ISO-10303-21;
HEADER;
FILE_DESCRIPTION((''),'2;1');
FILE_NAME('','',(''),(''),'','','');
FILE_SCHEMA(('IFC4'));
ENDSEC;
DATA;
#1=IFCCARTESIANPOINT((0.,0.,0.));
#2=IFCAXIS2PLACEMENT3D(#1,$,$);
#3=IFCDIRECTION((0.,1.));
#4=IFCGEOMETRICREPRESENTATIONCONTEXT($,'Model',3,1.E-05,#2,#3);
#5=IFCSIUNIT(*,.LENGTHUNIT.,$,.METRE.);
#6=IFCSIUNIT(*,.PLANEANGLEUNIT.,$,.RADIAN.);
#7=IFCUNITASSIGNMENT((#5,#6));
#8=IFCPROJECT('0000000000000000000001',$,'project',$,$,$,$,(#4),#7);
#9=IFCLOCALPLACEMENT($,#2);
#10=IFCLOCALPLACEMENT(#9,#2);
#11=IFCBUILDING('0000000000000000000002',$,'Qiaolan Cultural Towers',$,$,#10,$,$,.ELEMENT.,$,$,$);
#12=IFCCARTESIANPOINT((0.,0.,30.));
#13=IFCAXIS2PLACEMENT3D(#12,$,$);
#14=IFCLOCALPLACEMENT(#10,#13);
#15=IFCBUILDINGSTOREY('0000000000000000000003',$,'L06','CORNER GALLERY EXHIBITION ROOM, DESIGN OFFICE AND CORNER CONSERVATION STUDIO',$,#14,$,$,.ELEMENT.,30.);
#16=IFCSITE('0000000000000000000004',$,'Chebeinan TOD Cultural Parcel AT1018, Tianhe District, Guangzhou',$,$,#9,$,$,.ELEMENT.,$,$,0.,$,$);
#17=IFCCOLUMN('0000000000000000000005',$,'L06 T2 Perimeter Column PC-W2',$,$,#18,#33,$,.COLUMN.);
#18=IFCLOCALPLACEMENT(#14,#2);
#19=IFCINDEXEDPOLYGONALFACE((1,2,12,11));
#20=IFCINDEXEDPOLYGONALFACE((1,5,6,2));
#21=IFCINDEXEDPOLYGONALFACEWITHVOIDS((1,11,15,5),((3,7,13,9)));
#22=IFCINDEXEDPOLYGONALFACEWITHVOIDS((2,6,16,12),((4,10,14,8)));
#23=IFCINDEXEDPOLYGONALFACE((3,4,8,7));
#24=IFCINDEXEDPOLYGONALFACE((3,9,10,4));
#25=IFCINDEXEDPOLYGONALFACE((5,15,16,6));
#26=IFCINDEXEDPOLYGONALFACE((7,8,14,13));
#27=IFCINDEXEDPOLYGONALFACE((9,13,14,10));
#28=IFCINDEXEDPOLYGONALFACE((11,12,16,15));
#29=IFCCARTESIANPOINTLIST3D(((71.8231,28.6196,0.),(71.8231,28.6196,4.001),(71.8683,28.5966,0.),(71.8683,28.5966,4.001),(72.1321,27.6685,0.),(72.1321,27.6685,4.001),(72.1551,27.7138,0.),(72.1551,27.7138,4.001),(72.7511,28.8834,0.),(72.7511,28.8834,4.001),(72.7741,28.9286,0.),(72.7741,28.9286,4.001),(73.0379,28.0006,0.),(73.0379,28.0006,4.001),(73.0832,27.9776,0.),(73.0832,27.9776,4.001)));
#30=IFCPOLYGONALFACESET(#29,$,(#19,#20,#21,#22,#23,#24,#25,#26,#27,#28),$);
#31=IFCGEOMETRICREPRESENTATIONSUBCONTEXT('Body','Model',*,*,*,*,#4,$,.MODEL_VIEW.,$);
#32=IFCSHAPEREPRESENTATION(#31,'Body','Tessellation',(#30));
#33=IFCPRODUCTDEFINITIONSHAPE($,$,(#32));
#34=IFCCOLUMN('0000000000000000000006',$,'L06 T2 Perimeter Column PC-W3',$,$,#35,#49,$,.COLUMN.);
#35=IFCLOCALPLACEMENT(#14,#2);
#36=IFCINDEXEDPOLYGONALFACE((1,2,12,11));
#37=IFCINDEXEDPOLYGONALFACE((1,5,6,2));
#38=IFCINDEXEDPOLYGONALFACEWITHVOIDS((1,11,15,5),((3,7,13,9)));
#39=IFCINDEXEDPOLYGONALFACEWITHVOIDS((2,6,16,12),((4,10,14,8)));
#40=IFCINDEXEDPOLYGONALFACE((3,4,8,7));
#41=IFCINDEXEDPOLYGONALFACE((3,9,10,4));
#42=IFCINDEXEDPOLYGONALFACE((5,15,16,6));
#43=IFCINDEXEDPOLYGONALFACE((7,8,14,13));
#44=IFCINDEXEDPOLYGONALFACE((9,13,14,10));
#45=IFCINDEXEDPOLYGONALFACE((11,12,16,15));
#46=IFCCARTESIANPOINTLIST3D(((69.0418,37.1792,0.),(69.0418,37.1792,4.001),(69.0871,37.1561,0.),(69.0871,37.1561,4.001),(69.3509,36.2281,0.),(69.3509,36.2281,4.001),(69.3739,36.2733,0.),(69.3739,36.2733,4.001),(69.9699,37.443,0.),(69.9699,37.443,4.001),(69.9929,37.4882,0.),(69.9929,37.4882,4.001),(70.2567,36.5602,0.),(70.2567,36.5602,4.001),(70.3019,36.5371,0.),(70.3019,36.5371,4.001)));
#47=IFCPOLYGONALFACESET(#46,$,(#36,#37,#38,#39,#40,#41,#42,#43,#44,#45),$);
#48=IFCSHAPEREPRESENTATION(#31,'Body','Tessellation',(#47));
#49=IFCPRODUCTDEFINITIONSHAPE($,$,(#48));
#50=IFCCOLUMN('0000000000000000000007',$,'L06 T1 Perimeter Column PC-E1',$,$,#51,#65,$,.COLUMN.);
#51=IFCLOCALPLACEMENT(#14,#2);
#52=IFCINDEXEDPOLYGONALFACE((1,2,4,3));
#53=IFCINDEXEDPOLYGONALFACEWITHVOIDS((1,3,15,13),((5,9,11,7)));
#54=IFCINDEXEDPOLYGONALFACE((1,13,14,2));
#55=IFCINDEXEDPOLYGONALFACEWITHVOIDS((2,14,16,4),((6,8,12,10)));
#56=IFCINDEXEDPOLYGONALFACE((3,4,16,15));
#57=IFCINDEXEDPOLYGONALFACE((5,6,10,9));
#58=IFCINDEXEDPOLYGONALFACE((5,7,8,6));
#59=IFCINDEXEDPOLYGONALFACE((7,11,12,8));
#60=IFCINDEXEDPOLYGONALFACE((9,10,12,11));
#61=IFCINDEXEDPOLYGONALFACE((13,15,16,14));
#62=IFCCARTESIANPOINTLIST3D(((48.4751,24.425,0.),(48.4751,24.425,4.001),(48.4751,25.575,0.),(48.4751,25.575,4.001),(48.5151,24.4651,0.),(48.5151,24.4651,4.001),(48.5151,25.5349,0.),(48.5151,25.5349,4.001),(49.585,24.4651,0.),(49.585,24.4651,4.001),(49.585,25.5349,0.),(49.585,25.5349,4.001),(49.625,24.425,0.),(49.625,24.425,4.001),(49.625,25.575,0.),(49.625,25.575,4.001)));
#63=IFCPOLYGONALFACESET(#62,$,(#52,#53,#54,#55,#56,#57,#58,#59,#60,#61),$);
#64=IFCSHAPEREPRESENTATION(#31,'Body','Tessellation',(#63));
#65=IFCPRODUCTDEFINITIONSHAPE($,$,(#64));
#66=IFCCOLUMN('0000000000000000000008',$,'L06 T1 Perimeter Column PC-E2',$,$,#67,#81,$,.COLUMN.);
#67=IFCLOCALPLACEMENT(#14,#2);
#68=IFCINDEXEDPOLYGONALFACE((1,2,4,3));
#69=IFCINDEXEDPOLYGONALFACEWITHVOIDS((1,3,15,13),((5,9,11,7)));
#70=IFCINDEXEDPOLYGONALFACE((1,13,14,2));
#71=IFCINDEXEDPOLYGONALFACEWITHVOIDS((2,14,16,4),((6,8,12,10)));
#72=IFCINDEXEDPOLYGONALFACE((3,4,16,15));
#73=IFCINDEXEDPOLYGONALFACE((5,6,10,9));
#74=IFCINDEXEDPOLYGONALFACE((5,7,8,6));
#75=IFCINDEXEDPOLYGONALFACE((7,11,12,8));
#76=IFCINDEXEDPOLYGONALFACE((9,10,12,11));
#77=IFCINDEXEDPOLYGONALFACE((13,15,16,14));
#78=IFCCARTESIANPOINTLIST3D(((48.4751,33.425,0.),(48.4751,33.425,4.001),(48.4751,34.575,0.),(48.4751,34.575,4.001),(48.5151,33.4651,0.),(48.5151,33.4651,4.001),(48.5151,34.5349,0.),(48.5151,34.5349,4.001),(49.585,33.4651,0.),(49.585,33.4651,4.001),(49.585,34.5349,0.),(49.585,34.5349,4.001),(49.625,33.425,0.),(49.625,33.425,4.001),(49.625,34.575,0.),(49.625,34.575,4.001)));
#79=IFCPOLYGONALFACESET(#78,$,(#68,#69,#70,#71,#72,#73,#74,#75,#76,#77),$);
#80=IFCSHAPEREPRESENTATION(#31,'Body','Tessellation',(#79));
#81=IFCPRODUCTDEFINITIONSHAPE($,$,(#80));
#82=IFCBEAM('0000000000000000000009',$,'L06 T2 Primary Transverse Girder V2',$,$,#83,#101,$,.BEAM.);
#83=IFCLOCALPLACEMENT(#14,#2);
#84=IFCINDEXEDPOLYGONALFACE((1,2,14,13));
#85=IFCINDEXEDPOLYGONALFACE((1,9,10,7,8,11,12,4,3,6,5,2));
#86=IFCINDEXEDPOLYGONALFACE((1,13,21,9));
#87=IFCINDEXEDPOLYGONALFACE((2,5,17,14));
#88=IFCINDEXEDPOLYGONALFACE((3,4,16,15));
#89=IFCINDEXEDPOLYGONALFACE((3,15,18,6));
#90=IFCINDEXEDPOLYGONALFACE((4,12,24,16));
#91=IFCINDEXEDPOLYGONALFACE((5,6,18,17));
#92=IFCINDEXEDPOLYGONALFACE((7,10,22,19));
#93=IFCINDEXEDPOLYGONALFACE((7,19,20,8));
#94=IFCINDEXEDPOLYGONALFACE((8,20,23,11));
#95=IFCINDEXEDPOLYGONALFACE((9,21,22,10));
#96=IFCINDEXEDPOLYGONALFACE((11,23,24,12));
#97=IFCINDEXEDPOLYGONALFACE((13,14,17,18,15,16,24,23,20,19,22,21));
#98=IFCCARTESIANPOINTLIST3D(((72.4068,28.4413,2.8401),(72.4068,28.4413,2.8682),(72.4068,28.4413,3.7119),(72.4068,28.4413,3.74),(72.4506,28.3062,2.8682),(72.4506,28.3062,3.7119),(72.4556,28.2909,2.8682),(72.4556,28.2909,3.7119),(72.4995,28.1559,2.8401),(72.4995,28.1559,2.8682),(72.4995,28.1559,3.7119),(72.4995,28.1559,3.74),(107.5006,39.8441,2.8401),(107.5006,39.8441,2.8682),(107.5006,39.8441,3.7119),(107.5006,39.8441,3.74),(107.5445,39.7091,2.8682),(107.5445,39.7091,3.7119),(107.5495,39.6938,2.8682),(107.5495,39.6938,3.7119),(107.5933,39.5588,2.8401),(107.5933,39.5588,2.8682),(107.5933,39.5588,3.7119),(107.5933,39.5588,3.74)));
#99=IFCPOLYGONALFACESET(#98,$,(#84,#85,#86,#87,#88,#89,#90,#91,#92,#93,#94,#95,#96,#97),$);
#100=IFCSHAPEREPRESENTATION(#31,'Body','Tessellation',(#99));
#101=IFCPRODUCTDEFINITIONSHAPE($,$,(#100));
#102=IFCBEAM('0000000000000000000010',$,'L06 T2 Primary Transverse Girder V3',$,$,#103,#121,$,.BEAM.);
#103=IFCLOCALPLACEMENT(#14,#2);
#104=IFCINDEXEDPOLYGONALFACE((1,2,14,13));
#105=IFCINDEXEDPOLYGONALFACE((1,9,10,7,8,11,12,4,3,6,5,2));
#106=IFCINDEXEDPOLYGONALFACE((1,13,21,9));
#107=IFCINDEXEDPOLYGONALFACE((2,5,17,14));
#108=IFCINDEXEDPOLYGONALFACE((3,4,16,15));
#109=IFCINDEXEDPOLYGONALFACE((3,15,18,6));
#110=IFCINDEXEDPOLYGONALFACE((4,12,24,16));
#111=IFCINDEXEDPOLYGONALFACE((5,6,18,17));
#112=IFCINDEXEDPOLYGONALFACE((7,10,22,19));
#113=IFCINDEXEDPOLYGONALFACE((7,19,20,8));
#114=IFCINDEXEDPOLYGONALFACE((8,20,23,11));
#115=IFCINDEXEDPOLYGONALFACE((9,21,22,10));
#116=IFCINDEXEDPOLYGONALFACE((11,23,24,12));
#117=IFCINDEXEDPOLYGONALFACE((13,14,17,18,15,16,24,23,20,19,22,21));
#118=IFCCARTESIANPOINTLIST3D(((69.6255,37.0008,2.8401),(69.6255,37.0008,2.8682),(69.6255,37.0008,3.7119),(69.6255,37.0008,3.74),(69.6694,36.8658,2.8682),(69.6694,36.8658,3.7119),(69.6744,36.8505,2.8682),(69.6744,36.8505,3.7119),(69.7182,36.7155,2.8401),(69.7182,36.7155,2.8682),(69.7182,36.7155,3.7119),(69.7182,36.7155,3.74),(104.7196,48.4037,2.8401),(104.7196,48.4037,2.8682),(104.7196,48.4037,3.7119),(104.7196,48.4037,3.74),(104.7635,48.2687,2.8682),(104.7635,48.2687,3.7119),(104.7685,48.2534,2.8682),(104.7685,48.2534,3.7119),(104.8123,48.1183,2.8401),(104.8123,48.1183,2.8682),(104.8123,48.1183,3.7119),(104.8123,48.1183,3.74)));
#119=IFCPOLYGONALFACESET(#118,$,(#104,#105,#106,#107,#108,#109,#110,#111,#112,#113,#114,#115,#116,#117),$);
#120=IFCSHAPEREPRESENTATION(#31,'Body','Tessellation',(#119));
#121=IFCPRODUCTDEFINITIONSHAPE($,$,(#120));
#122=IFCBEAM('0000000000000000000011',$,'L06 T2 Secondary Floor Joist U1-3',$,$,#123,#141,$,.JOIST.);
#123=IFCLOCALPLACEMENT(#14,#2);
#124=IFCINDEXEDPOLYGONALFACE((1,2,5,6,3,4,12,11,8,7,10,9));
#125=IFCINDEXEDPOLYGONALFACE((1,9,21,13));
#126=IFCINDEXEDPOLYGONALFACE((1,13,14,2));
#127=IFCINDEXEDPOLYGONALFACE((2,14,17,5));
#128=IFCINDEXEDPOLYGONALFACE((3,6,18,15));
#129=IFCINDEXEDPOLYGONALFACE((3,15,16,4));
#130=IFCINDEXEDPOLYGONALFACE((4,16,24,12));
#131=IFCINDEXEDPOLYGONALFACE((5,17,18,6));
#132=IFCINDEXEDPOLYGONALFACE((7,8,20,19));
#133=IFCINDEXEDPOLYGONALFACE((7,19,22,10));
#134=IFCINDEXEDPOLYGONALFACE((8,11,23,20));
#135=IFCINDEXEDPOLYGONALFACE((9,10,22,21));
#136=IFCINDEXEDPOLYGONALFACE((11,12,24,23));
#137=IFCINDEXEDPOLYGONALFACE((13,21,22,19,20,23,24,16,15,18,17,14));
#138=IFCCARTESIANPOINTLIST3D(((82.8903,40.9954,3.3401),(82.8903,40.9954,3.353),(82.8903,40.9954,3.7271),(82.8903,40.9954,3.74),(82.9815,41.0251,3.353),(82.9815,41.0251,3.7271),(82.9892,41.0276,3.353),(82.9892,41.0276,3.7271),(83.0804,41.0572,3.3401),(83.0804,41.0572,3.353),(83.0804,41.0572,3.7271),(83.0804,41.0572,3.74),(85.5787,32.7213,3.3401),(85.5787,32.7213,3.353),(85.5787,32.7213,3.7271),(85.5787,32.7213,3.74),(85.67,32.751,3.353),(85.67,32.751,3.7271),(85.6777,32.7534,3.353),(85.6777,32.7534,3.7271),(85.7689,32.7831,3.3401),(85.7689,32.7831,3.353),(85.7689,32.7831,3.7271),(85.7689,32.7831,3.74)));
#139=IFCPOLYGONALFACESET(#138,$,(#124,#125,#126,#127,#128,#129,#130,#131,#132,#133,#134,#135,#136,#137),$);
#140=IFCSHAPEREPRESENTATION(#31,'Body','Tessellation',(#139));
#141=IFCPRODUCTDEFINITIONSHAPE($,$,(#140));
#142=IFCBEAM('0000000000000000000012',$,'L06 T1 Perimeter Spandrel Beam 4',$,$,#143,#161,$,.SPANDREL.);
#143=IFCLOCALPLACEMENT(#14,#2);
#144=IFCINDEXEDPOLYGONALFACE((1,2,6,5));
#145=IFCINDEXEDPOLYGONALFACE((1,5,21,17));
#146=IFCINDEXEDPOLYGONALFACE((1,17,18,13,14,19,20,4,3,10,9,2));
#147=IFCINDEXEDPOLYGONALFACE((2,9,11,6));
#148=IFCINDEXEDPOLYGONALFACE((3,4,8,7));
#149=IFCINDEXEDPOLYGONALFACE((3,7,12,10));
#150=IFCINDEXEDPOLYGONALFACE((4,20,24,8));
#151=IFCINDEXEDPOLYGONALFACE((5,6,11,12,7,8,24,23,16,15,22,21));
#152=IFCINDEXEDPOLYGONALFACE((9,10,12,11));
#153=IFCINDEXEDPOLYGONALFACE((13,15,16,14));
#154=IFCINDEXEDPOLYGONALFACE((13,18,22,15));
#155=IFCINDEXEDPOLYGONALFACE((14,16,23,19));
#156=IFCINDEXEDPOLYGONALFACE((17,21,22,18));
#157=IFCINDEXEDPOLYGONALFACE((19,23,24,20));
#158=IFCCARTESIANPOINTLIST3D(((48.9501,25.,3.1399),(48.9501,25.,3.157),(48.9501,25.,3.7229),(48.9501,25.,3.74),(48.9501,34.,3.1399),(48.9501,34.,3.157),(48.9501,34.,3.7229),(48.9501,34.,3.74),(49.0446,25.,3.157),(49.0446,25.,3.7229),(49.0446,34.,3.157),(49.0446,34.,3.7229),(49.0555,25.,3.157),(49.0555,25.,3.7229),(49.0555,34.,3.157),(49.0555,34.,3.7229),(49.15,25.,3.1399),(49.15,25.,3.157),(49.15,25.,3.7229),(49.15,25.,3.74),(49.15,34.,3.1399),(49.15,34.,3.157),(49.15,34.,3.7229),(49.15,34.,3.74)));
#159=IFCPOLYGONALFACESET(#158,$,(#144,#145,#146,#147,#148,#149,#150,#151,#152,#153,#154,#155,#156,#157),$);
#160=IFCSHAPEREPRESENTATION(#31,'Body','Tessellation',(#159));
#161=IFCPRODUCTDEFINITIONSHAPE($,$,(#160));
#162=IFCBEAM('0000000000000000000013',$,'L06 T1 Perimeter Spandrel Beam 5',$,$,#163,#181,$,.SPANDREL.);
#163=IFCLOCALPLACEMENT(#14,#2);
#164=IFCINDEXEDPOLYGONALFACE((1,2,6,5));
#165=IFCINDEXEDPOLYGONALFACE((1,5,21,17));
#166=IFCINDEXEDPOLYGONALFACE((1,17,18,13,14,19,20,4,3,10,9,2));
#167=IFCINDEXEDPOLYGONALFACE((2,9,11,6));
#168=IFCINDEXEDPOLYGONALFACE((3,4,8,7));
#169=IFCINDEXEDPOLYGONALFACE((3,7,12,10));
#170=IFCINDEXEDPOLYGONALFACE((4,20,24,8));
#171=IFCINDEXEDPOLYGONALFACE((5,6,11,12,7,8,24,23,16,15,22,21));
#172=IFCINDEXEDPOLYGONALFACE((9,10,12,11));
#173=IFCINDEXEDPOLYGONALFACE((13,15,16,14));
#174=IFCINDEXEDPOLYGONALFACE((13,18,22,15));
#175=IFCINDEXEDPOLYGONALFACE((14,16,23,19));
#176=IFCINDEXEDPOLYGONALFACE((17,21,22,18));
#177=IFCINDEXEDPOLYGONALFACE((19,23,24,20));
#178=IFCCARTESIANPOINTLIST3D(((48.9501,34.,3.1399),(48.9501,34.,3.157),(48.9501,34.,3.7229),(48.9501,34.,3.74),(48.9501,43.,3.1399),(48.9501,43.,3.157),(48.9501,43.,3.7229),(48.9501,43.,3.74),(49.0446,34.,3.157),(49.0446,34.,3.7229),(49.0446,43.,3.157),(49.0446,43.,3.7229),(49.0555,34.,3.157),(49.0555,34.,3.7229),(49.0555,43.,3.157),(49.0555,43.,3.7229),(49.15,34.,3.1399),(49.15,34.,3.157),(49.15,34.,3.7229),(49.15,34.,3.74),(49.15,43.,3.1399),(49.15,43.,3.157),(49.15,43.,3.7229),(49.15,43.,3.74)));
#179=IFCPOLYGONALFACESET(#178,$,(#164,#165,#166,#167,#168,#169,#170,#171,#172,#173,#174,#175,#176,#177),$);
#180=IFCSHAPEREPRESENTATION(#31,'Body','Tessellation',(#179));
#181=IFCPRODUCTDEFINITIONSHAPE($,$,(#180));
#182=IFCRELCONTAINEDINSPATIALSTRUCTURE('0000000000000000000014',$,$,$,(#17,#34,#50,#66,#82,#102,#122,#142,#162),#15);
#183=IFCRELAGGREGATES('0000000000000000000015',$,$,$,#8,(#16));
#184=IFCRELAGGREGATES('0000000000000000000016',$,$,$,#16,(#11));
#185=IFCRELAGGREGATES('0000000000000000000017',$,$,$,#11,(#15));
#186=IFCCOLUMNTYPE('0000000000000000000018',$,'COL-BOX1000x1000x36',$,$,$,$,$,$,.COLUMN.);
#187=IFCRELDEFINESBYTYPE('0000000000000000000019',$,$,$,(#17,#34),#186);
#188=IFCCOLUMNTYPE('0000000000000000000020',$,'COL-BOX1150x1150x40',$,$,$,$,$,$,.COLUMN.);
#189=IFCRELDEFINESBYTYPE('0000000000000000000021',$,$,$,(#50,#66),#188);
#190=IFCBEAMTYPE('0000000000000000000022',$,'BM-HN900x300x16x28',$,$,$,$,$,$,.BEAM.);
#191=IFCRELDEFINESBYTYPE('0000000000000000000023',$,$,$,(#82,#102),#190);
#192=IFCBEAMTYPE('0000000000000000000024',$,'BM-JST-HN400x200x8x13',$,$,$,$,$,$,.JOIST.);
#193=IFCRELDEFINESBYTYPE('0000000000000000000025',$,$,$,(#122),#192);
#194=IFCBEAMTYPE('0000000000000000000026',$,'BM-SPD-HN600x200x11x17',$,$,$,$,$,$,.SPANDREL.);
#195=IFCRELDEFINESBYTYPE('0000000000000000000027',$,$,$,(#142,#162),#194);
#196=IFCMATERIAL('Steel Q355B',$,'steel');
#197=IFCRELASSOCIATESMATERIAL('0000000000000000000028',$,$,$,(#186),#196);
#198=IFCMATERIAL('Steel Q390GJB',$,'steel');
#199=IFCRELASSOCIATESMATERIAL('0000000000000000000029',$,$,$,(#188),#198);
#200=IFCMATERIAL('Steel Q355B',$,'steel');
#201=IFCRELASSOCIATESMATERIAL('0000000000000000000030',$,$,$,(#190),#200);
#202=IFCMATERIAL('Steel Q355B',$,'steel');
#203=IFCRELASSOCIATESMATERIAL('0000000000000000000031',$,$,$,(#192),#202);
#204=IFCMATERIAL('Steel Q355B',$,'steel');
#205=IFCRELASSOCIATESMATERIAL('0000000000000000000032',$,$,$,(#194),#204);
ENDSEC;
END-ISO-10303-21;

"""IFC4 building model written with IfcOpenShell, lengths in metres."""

from ifc_helpers import new_model, si_unit, direction, frame, origin, origin_2d, place, context, subcontext, project, spatial, hollow_rectangle, i_section, extrude, material, material_profile, profile_set, type_object, element, save


model = new_model("IFC4")

# Units and contexts
model_context = context("Model", 3, precision=1e-05, world=origin(), true_north=direction((0.0, 1.0)))
body_context = subcontext(model_context, "Body", "Model", "MODEL_VIEW")
ifc_project = project(units=[si_unit("LENGTHUNIT", "METRE"), si_unit("PLANEANGLEUNIT", "RADIAN")], contexts=[model_context])

# Site, building, storey
site_placement = place(None, origin())
site = spatial("IfcSite", under=ifc_project, at=site_placement, Name="Chebeinan TOD Cultural Parcel AT1018, Tianhe District, Guangzhou", CompositionType="ELEMENT", RefElevation=0.0)
building_placement = place(site_placement, origin())
building = spatial("IfcBuilding", under=site, at=building_placement, Name="Qiaolan Cultural Towers", CompositionType="ELEMENT")
storey_placement = place(building_placement, frame((0.0, 0.0, 30.0)))
storey = spatial("IfcBuildingStorey", under=building, at=storey_placement, Name="L06", Description="CORNER GALLERY EXHIBITION ROOM, DESIGN OFFICE AND CORNER CONSERVATION STUDIO", CompositionType="ELEMENT", Elevation=30.0)

# Columns
ifc_material_1 = material(Name="Steel Q355B", Category="steel")
ifc_material_profile_1 = material_profile(ifc_material_1, hollow_rectangle(XDim=1.0, YDim=1.0, WallThickness=0.0359, at=origin_2d()), Name="BOX1000x1000x36")
ifc_profile_set_1 = profile_set([ifc_material_profile_1], Name="Steel Q355B")
column_type_1 = type_object("IfcColumnType", Name="COL-BOX1000x1000x36", PredefinedType="COLUMN", material=ifc_profile_set_1)
for number, where, z_axis, x_axis, name in (
    (1, (72.4531, 28.2986, 0.0), (0.0, 0.0, 1.0), (0.951057, 0.309017, 0.0), "L06 T2 Perimeter Column PC-W2"),
    (2, (69.6719, 36.8582, 0.0), (0.0, 0.0, 1.0), (0.951057, 0.309017, 0.0), "L06 T2 Perimeter Column PC-W3"),
):
    element("IfcColumn", number, at=place(storey_placement, frame(where, z_axis=z_axis, x_axis=x_axis)), inside=storey, type_object=column_type_1, Name=name, PredefinedType="COLUMN", context=body_context, shape_type="SweptSolid", body=[
        extrude(hollow_rectangle(XDim=1.0, YDim=1.0, WallThickness=0.0359, at=origin_2d()), origin(), (0.0, 0.0, 1.0), 4.001),
    ])
ifc_material_2 = material(Name="Steel Q390GJB", Category="steel")
ifc_material_profile_2 = material_profile(ifc_material_2, hollow_rectangle(XDim=1.1499, YDim=1.1499, WallThickness=0.04, at=origin_2d()), Name="BOX1150x1150x40")
ifc_profile_set_2 = profile_set([ifc_material_profile_2], Name="Steel Q390GJB")
column_type_2 = type_object("IfcColumnType", Name="COL-BOX1150x1150x40", PredefinedType="COLUMN", material=ifc_profile_set_2)
for number, where, z_axis, x_axis, name in (
    (3, (49.05, 25.0, 0.0), (0.0, 0.0, 1.0), (1.0, 0.0, 0.0), "L06 T1 Perimeter Column PC-E1"),
    (4, (49.05, 34.0, 0.0), (0.0, 0.0, 1.0), (1.0, 0.0, 0.0), "L06 T1 Perimeter Column PC-E2"),
):
    element("IfcColumn", number, at=place(storey_placement, frame(where, z_axis=z_axis, x_axis=x_axis)), inside=storey, type_object=column_type_2, Name=name, PredefinedType="COLUMN", context=body_context, shape_type="SweptSolid", body=[
        extrude(hollow_rectangle(XDim=1.1499, YDim=1.1499, WallThickness=0.04, at=origin_2d()), origin(), (0.0, 0.0, 1.0), 4.001),
    ])

# Beams
ifc_material_3 = material(Name="Steel Q355B", Category="steel")
ifc_material_profile_3 = material_profile(ifc_material_3, i_section(OverallWidth=0.3, OverallDepth=0.8999, WebThickness=0.0161, FlangeThickness=0.0281, at=origin_2d()), Name="HN900x300x16x28")
ifc_profile_set_3 = profile_set([ifc_material_profile_3], Name="Steel Q355B")
beam_type_1 = type_object("IfcBeamType", Name="BM-HN900x300x16x28", PredefinedType="BEAM", material=ifc_profile_set_3)
beam_1_placement = place(storey_placement, frame((72.4531, 28.2986, 3.29), z_axis=(0.951055, 0.309021, 0.0), x_axis=(-0.309021, 0.951055, 0.0)))
element("IfcBeam", 5, at=beam_1_placement, inside=storey, type_object=beam_type_1, Name="L06 T2 Primary Transverse Girder V2", PredefinedType="BEAM", context=body_context, shape_type="SweptSolid", body=[
    extrude(i_section(OverallWidth=0.3, OverallDepth=0.8999, WebThickness=0.0161, FlangeThickness=0.0281, at=origin_2d()), origin(), (0.0, 0.0, 1.0), 36.8999),
])
beam_2_placement = place(storey_placement, frame((69.6719, 36.8582, 3.29), z_axis=(0.951056, 0.309019, 0.0), x_axis=(-0.309019, 0.951056, 0.0)))
element("IfcBeam", 6, at=beam_2_placement, inside=storey, type_object=beam_type_1, Name="L06 T2 Primary Transverse Girder V3", PredefinedType="BEAM", context=body_context, shape_type="SweptSolid", body=[
    extrude(i_section(OverallWidth=0.3, OverallDepth=0.8999, WebThickness=0.0161, FlangeThickness=0.0281, at=origin_2d()), origin(), (0.0, 0.0, 1.0), 36.9001),
])
ifc_material_4 = material(Name="Steel Q355B", Category="steel")
ifc_material_profile_4 = material_profile(ifc_material_4, i_section(OverallWidth=0.2, OverallDepth=0.3999, WebThickness=0.0081, FlangeThickness=0.0129, at=origin_2d()), Name="HN400x200x8x13")
ifc_profile_set_4 = profile_set([ifc_material_profile_4], Name="Steel Q355B")
beam_type_2 = type_object("IfcBeamType", Name="BM-JST-HN400x200x8x13", PredefinedType="JOIST", material=ifc_profile_set_4)
beam_3_placement = place(storey_placement, frame((85.6738, 32.7522, 3.54), z_axis=(-0.309021, 0.951055, 0.0), x_axis=(-0.951055, -0.309021, 0.0)))
element("IfcBeam", 7, at=beam_3_placement, inside=storey, type_object=beam_type_2, Name="L06 T2 Secondary Floor Joist U1-3", PredefinedType="JOIST", context=body_context, shape_type="SweptSolid", body=[
    extrude(i_section(OverallWidth=0.2, OverallDepth=0.3999, WebThickness=0.0081, FlangeThickness=0.0129, at=origin_2d()), origin(), (0.0, 0.0, 1.0), 8.7),
])
ifc_material_5 = material(Name="Steel Q355B", Category="steel")
ifc_material_profile_5 = material_profile(ifc_material_5, i_section(OverallWidth=0.2, OverallDepth=0.6001, WebThickness=0.011, FlangeThickness=0.0171, at=origin_2d()), Name="HN600x200x11x17")
ifc_profile_set_5 = profile_set([ifc_material_profile_5], Name="Steel Q355B")
beam_type_3 = type_object("IfcBeamType", Name="BM-SPD-HN600x200x11x17", PredefinedType="SPANDREL", material=ifc_profile_set_5)
for number, where, z_axis, x_axis, name in (
    (8, (49.05, 25.0, 3.4399), (0.0, 1.0, 0.0), (-1.0, 0.0, 0.0), "L06 T1 Perimeter Spandrel Beam 4"),
    (9, (49.05, 34.0, 3.4399), (0.0, 1.0, 0.0), (-1.0, 0.0, 0.0), "L06 T1 Perimeter Spandrel Beam 5"),
):
    element("IfcBeam", number, at=place(storey_placement, frame(where, z_axis=z_axis, x_axis=x_axis)), inside=storey, type_object=beam_type_3, Name=name, PredefinedType="SPANDREL", context=body_context, shape_type="SweptSolid", body=[
        extrude(i_section(OverallWidth=0.2, OverallDepth=0.6001, WebThickness=0.011, FlangeThickness=0.0171, at=origin_2d()), origin(), (0.0, 0.0, 1.0), 9.0),
    ])

save(model, "model.ifc")
